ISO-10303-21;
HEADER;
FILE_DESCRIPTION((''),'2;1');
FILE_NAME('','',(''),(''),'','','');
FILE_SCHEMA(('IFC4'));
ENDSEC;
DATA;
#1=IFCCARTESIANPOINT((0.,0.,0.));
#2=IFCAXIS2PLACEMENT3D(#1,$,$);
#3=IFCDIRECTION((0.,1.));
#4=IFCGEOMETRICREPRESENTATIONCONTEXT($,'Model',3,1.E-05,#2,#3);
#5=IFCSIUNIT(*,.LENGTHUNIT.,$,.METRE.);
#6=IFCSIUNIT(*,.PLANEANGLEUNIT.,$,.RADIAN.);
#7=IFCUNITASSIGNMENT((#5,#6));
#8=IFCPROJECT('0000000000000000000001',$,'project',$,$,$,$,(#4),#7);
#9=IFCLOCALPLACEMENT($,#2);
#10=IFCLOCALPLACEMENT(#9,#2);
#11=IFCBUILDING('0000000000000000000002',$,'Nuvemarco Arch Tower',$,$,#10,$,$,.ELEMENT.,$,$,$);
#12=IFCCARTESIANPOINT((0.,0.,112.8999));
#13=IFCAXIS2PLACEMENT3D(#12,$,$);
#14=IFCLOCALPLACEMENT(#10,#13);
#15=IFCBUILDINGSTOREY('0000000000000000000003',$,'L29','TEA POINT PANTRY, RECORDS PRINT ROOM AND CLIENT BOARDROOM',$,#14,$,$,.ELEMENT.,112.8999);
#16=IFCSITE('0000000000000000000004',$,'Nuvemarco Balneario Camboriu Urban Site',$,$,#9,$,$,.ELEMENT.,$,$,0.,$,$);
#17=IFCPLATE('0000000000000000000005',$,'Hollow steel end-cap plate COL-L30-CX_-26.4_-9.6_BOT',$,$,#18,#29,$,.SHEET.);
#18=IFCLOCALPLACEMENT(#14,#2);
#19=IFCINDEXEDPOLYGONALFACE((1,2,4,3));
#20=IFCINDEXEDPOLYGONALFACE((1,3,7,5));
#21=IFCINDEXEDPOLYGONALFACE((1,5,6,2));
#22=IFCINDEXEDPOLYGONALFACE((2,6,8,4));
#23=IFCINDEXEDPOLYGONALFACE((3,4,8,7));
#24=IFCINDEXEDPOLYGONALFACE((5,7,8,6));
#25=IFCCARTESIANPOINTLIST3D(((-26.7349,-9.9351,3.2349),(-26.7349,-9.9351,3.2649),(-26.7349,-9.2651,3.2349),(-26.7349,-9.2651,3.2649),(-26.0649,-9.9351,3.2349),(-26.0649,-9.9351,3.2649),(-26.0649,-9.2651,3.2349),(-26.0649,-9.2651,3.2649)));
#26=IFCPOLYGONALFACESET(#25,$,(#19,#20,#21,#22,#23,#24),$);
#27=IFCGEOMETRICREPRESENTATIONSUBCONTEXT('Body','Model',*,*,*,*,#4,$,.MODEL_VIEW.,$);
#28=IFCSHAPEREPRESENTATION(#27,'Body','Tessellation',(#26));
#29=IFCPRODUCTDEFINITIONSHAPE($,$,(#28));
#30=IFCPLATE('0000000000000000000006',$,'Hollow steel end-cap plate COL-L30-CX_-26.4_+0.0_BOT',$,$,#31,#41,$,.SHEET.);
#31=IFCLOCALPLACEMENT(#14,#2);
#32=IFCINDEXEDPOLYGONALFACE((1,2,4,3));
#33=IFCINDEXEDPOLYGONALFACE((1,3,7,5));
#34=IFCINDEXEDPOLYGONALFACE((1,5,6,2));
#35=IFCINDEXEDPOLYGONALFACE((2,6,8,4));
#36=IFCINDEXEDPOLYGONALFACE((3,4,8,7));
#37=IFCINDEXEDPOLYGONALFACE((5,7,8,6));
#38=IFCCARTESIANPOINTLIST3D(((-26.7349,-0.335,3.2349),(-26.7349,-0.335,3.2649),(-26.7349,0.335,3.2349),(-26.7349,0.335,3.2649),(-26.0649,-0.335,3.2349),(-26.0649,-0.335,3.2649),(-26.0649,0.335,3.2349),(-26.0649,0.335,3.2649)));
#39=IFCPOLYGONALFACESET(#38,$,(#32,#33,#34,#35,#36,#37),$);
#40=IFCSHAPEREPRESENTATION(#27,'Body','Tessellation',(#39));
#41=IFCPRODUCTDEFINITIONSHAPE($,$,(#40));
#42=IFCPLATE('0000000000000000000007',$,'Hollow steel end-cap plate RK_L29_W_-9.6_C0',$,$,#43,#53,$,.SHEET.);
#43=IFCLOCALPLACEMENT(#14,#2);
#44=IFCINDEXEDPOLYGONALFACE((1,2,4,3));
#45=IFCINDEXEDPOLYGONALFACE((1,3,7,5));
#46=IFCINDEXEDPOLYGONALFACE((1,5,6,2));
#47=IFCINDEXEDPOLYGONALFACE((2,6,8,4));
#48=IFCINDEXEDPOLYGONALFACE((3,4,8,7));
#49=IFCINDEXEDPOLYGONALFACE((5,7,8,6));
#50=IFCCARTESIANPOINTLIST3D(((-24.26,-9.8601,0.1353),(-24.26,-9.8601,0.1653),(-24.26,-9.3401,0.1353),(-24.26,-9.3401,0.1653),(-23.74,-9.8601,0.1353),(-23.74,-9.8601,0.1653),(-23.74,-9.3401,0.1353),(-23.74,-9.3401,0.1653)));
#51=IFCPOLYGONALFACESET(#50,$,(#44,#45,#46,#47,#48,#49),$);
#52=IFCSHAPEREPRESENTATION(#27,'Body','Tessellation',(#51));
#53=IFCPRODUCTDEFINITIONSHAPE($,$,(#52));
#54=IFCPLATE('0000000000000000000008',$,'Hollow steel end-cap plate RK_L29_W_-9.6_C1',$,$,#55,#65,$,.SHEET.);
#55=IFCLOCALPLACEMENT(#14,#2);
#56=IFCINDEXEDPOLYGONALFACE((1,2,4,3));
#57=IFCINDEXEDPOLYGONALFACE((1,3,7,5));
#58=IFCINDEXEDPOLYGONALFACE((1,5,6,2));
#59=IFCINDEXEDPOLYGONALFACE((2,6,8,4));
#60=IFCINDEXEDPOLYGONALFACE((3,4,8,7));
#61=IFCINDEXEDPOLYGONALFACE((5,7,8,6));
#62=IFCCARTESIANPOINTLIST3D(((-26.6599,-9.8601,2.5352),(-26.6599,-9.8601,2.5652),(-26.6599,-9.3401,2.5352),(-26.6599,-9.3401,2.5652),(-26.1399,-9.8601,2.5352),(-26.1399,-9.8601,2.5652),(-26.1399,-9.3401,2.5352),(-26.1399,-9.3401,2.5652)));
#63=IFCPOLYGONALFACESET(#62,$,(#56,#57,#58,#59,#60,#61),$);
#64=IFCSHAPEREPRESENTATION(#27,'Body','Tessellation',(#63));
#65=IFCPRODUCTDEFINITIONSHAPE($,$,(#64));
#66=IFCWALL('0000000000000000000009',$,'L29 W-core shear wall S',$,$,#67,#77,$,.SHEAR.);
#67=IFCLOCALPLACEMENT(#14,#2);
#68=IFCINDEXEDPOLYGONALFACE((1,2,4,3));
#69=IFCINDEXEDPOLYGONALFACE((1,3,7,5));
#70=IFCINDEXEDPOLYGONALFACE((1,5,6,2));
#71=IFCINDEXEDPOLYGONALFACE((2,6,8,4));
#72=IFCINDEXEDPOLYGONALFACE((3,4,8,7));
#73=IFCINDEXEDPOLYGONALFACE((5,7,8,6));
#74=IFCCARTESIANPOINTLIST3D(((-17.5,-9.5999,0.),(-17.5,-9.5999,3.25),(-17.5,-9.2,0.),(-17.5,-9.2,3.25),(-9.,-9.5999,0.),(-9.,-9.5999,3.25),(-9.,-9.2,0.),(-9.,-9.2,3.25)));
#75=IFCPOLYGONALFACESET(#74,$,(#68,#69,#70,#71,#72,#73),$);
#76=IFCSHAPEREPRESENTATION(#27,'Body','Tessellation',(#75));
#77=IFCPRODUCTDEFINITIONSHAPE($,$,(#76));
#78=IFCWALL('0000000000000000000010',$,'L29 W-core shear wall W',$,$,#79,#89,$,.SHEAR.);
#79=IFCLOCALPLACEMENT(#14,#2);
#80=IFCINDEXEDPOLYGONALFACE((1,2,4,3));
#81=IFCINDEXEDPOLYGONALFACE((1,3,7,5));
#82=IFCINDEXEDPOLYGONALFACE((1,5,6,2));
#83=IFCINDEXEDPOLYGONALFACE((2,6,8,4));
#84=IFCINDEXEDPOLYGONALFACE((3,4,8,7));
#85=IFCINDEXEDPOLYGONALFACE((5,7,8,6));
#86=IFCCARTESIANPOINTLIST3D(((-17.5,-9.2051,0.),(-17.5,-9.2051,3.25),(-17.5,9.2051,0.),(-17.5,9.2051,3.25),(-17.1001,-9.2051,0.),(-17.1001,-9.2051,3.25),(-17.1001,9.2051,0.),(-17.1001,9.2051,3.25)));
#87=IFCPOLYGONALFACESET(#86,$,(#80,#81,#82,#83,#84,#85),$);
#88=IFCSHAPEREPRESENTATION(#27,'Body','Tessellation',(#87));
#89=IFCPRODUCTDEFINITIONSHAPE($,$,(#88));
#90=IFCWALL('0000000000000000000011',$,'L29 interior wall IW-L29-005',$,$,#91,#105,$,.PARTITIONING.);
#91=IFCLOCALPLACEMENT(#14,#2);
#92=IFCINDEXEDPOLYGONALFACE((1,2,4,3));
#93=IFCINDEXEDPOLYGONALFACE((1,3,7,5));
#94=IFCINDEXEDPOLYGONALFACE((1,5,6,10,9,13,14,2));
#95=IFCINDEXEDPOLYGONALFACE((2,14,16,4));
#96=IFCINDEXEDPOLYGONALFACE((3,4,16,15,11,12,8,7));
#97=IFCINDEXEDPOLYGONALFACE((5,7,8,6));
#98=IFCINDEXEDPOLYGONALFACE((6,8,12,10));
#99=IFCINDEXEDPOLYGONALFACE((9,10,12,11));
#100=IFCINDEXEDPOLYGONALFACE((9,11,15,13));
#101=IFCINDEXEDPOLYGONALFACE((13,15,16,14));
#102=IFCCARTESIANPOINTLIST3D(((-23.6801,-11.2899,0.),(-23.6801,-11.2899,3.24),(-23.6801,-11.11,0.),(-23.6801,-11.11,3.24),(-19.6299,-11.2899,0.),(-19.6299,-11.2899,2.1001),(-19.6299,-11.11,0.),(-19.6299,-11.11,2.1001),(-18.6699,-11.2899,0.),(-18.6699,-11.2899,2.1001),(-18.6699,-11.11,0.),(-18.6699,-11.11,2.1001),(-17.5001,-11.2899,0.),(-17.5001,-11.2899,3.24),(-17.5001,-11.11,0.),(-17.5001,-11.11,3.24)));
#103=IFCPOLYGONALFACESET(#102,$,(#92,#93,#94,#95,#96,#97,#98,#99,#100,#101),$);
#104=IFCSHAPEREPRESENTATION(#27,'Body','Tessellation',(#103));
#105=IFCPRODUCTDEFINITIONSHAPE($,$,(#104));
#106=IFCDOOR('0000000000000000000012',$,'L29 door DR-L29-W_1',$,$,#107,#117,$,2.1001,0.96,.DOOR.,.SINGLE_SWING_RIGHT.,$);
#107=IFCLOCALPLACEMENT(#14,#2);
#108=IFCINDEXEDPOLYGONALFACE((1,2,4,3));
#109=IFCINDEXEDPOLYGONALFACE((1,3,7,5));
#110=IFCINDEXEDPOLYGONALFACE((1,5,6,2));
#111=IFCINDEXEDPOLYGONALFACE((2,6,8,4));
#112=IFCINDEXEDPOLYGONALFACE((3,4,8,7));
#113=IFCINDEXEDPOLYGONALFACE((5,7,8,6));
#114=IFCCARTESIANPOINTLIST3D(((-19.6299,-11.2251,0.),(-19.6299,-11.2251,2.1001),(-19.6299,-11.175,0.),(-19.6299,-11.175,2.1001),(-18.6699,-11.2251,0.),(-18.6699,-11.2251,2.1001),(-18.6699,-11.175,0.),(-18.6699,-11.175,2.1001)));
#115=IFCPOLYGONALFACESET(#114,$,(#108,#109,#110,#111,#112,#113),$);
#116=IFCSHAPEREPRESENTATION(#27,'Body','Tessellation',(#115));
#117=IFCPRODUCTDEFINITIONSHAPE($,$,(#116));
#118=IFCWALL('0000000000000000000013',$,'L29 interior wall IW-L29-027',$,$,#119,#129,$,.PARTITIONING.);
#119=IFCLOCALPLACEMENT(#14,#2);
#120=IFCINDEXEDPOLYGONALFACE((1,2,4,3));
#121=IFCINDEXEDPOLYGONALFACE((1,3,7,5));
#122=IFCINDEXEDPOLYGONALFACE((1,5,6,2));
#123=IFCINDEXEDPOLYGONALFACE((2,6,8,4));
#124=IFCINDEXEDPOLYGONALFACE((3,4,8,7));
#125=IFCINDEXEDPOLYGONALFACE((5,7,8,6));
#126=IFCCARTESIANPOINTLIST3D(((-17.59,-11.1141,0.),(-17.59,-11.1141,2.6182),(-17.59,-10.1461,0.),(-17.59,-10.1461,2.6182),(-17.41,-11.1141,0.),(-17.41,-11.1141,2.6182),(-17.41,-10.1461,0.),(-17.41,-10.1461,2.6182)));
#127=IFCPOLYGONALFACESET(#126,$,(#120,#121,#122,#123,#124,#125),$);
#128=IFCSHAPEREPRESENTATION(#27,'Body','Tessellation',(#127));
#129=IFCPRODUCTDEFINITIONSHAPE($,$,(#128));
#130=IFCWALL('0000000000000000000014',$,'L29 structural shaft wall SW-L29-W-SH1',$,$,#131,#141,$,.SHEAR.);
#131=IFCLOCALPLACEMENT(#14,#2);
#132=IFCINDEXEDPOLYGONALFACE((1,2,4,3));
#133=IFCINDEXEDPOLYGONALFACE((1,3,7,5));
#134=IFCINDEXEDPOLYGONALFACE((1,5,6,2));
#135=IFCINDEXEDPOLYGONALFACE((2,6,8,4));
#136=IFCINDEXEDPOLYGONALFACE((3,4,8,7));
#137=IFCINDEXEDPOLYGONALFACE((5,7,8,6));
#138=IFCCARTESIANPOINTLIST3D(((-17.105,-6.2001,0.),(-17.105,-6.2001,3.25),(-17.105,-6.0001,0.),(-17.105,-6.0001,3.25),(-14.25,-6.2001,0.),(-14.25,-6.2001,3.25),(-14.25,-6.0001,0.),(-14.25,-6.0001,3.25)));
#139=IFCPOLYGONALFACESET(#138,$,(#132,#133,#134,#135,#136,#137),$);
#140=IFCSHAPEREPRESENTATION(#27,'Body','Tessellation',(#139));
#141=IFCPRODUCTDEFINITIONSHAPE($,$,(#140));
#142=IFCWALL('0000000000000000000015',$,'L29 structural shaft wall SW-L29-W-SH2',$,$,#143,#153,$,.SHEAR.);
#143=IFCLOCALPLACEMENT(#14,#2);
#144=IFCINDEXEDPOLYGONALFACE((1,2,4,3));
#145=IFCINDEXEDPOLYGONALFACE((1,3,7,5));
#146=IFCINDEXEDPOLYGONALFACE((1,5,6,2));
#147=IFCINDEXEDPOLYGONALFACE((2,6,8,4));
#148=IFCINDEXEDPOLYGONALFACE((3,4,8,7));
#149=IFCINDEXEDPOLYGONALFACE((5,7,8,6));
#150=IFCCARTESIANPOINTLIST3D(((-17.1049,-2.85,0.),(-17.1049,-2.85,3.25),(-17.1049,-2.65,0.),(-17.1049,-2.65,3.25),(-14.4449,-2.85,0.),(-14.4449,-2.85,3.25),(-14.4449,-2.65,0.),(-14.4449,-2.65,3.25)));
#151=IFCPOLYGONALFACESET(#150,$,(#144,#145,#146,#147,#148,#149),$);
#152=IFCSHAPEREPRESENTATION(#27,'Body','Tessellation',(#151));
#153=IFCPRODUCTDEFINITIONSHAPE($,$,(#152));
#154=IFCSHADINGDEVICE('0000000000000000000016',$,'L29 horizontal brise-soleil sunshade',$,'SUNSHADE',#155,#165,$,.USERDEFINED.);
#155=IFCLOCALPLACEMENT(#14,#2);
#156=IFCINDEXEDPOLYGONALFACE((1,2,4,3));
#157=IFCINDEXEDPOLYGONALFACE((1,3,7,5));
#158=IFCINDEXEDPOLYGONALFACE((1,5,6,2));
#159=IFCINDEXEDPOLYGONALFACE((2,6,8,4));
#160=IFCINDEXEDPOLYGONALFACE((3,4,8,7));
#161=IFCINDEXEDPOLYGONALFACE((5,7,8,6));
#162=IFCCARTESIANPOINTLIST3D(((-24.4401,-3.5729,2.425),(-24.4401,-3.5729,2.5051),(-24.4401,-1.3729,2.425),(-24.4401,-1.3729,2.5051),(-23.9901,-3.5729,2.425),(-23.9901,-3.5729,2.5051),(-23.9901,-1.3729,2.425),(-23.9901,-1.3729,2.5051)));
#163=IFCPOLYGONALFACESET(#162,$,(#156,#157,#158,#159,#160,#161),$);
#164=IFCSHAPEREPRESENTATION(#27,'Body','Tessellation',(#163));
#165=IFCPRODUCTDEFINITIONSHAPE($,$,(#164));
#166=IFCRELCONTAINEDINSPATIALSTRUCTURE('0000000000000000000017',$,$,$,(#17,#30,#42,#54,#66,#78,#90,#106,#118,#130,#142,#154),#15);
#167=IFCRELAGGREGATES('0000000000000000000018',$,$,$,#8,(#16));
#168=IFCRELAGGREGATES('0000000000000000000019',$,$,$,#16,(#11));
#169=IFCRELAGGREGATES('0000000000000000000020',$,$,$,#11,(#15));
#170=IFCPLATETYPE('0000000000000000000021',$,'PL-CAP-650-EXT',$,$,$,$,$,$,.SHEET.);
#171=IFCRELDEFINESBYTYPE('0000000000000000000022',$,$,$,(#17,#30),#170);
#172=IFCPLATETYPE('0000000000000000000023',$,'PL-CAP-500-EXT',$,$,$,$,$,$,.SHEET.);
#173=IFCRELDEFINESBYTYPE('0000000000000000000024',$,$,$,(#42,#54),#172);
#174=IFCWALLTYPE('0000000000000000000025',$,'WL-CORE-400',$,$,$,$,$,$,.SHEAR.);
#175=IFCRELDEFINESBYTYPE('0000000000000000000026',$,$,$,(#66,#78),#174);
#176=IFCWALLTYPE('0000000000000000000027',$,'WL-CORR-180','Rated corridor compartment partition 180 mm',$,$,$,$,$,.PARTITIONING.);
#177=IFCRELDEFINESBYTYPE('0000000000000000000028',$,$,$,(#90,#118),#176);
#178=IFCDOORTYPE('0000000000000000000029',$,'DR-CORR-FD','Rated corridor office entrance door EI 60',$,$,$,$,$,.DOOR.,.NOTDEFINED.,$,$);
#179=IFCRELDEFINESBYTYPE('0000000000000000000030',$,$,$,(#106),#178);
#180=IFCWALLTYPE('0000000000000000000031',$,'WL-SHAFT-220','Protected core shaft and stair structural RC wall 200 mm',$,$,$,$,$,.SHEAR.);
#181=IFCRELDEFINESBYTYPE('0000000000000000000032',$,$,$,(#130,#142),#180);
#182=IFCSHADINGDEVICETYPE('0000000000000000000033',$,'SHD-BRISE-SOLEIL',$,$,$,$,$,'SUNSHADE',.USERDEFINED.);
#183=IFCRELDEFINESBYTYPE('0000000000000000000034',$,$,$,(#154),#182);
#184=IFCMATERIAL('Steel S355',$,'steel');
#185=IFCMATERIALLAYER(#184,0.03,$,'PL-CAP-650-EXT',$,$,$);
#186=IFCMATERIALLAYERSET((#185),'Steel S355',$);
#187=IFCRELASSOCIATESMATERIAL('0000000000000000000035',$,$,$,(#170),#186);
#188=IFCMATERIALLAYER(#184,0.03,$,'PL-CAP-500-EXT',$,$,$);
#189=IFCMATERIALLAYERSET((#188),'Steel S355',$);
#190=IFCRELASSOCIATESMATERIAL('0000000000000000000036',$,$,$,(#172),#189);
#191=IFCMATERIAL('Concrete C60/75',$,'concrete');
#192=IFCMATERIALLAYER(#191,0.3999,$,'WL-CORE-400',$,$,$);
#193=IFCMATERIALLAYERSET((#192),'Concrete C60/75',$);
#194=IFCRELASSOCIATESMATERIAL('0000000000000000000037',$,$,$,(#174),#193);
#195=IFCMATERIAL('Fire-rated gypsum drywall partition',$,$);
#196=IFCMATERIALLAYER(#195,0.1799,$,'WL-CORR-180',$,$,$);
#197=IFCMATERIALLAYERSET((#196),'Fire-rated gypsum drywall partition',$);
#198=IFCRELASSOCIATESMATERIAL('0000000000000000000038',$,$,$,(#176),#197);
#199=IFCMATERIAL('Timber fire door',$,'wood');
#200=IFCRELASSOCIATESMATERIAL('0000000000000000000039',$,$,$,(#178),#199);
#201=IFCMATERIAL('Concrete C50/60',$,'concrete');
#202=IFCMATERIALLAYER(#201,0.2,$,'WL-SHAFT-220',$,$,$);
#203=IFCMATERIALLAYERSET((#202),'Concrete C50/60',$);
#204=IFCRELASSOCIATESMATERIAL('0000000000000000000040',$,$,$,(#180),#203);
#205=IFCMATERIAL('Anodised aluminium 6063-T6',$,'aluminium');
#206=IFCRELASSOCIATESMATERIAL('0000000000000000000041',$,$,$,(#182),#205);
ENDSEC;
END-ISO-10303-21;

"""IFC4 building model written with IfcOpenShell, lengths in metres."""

from ifc_helpers import new_model, si_unit, direction, frame, frame_2d, origin, origin_2d, place, context, subcontext, project, spatial, rectangle, extrude, source, transform, mapped, material, layer, layer_set, type_object, type_shapes, element, fill, save


model = new_model("IFC4")

# Units and contexts
model_context = context("Model", 3, precision=1e-05, world=origin(), true_north=direction((0.0, 1.0)))
body_context = subcontext(model_context, "Body", "Model", "MODEL_VIEW")
ifc_project = project(units=[si_unit("LENGTHUNIT", "METRE"), si_unit("PLANEANGLEUNIT", "RADIAN")], contexts=[model_context])

# Site, building, storey
site_placement = place(None, origin())
site = spatial("IfcSite", under=ifc_project, at=site_placement, Name="Nuvemarco Balneario Camboriu Urban Site", CompositionType="ELEMENT", RefElevation=0.0)
building_placement = place(site_placement, origin())
building = spatial("IfcBuilding", under=site, at=building_placement, Name="Nuvemarco Arch Tower", CompositionType="ELEMENT")
storey_placement = place(building_placement, frame((0.0, 0.0, 112.8999)))
storey = spatial("IfcBuildingStorey", under=building, at=storey_placement, Name="L29", Description="TEA POINT PANTRY, RECORDS PRINT ROOM AND CLIENT BOARDROOM", CompositionType="ELEMENT", Elevation=112.8999)

# Shared definitions
ifc_material_1 = material(Name="Concrete C60/75", Category="concrete")
ifc_material_2 = material(Name="Steel S355", Category="steel")

# Plates
ifc_layer_1 = layer(ifc_material_2, 0.03, Name="PL-CAP-650-EXT")
ifc_layer_set_1 = layer_set([ifc_layer_1], Name="Steel S355")
plate_type_1 = type_object("IfcPlateType", Name="PL-CAP-650-EXT", PredefinedType="SHEET", material=ifc_layer_set_1)
shared_shape_1 = source(origin(), body_context, "Body", "SweptSolid", [
    extrude(rectangle(XDim=0.6699, YDim=0.6699, at=origin_2d()), origin(), (0.0, 0.0, 1.0), 0.03),
])
type_shapes(plate_type_1, [shared_shape_1])
for number, where, z_axis, x_axis, name in (
    (1, (-26.3999, -9.6001, 3.2349), (0.0, 0.0, 1.0), (1.0, 0.0, 0.0), "Hollow steel end-cap plate COL-L30-CX_-26.4_-9.6_BOT"),
    (2, (-26.3999, 0.0, 3.2349), (0.0, 0.0, 1.0), (1.0, 0.0, 0.0), "Hollow steel end-cap plate COL-L30-CX_-26.4_+0.0_BOT"),
):
    element("IfcPlate", number, at=place(storey_placement, frame(where, z_axis=z_axis, x_axis=x_axis)), inside=storey, type_object=plate_type_1, Name=name, PredefinedType="SHEET", context=body_context, shape_type="MappedRepresentation", body=[
        mapped(shared_shape_1, transform((0.0, 0.0, 0.0), scale=1.0)),
    ])
ifc_layer_2 = layer(ifc_material_2, 0.03, Name="PL-CAP-500-EXT")
ifc_layer_set_2 = layer_set([ifc_layer_2], Name="Steel S355")
plate_type_2 = type_object("IfcPlateType", Name="PL-CAP-500-EXT", PredefinedType="SHEET", material=ifc_layer_set_2)
shared_shape_2 = source(origin(), body_context, "Body", "SweptSolid", [
    extrude(rectangle(XDim=0.52, YDim=0.52, at=origin_2d()), origin(), (0.0, 0.0, 1.0), 0.03),
])
type_shapes(plate_type_2, [shared_shape_2])
for number, where, z_axis, x_axis, name in (
    (3, (-24.0, -9.6001, 0.1353), (0.0, 0.0, 1.0), (1.0, 0.0, 0.0), "Hollow steel end-cap plate RK_L29_W_-9.6_C0"),
    (4, (-26.3999, -9.6001, 2.5352), (0.0, 0.0, 1.0), (1.0, 0.0, 0.0), "Hollow steel end-cap plate RK_L29_W_-9.6_C1"),
):
    element("IfcPlate", number, at=place(storey_placement, frame(where, z_axis=z_axis, x_axis=x_axis)), inside=storey, type_object=plate_type_2, Name=name, PredefinedType="SHEET", context=body_context, shape_type="MappedRepresentation", body=[
        mapped(shared_shape_2, transform((0.0, 0.0, 0.0), scale=1.0)),
    ])

# Walls
ifc_layer_3 = layer(ifc_material_1, 0.3999, Name="WL-CORE-400")
ifc_layer_set_3 = layer_set([ifc_layer_3], Name="Concrete C60/75")
wall_type_1 = type_object("IfcWallType", Name="WL-CORE-400", PredefinedType="SHEAR", material=ifc_layer_set_3)
wall_1_placement = place(storey_placement, frame((-17.5, -9.3999, 0.0), z_axis=(0.0, 0.0, 1.0), x_axis=(1.0, 0.0, 0.0)))
element("IfcWall", 5, at=wall_1_placement, inside=storey, type_object=wall_type_1, Name="L29 W-core shear wall S", PredefinedType="SHEAR", context=body_context, shape_type="SweptSolid", body=[
    extrude(rectangle(XDim=8.5, YDim=0.3999, at=frame_2d((4.25, 0.0))), origin(), (0.0, 0.0, 1.0), 3.25),
])
wall_2_placement = place(storey_placement, frame((-17.3, -9.2051, 0.0), z_axis=(0.0, 0.0, 1.0), x_axis=(0.0, 1.0, 0.0)))
element("IfcWall", 6, at=wall_2_placement, inside=storey, type_object=wall_type_1, Name="L29 W-core shear wall W", PredefinedType="SHEAR", context=body_context, shape_type="SweptSolid", body=[
    extrude(rectangle(XDim=18.4102, YDim=0.3999, at=frame_2d((9.2051, 0.0))), origin(), (0.0, 0.0, 1.0), 3.25),
])

# Wall, opening, door
ifc_material_3 = material(Name="Fire-rated gypsum drywall partition")
ifc_layer_4 = layer(ifc_material_3, 0.1799, Name="WL-CORR-180")
ifc_layer_set_4 = layer_set([ifc_layer_4], Name="Fire-rated gypsum drywall partition")
wall_type_2 = type_object("IfcWallType", Name="WL-CORR-180", Description="Rated corridor compartment partition 180 mm", PredefinedType="PARTITIONING", material=ifc_layer_set_4)
wall_3_placement = place(storey_placement, frame((-23.6799, -11.2, 0.0), z_axis=(0.0, 0.0, 1.0), x_axis=(1.0, 0.0, 0.0)))
wall_3 = element("IfcWall", 7, at=wall_3_placement, inside=storey, type_object=wall_type_2, Name="L29 interior wall IW-L29-005", PredefinedType="PARTITIONING", context=body_context, shape_type="SweptSolid", body=[
    extrude(rectangle(XDim=6.1799, YDim=0.1799, at=frame_2d((3.0898, 0.0))), origin(), (0.0, 0.0, 1.0), 3.24),
])
opening_placement = place(wall_3_placement, frame((4.05, 0.0, 0.0)))
opening = element("IfcOpeningElement", 8, at=opening_placement, cuts=wall_3, PredefinedType="OPENING", context=body_context, shape_type="SweptSolid", body=[
    extrude(rectangle(XDim=0.96, YDim=2.1001, at=frame_2d((0.48, 1.05))), frame((0.0, 0.0999, 0.0), z_axis=(0.0, -1.0, 0.0), x_axis=(1.0, 0.0, 0.0)), (0.0, 0.0, 1.0), 0.2),
])
ifc_material_4 = material(Name="Timber fire door", Category="wood")
door_type = type_object("IfcDoorType", Name="DR-CORR-FD", Description="Rated corridor office entrance door EI 60", OperationType="NOTDEFINED", PredefinedType="DOOR", material=ifc_material_4)
shared_shape_3 = source(origin(), body_context, "Body", "SweptSolid", [
    extrude(rectangle(XDim=0.96, YDim=2.1001, at=frame_2d((0.48, 1.05))), frame((0.0, 0.0249, 0.0), z_axis=(0.0, -1.0, 0.0), x_axis=(1.0, 0.0, 0.0)), (0.0, 0.0, 1.0), 0.05),
])
type_shapes(door_type, [shared_shape_3])
door_placement = place(opening_placement, origin())
door = element("IfcDoor", 9, at=door_placement, inside=storey, type_object=door_type, Name="L29 door DR-L29-W_1", OperationType="SINGLE_SWING_RIGHT", OverallHeight=2.1001, OverallWidth=0.96, PredefinedType="DOOR", context=body_context, shape_type="MappedRepresentation", body=[
    mapped(shared_shape_3, transform((0.0, 0.0, 0.0), scale=1.0)),
])
fill(opening, door)

# Walls
wall_4_placement = place(storey_placement, frame((-17.5, -11.114, 0.0), z_axis=(0.0, 0.0, 1.0), x_axis=(0.0, 1.0, 0.0)))
element("IfcWall", 10, at=wall_4_placement, inside=storey, type_object=wall_type_2, Name="L29 interior wall IW-L29-027", PredefinedType="PARTITIONING", context=body_context, shape_type="SweptSolid", body=[
    extrude(rectangle(XDim=0.968, YDim=0.1799, at=frame_2d((0.4839, 0.0))), origin(), (0.0, 0.0, 1.0), 2.6182),
])
ifc_material_5 = material(Name="Concrete C50/60", Category="concrete")
ifc_layer_5 = layer(ifc_material_5, 0.2, Name="WL-SHAFT-220")
ifc_layer_set_5 = layer_set([ifc_layer_5], Name="Concrete C50/60")
wall_type_3 = type_object("IfcWallType", Name="WL-SHAFT-220", Description="Protected core shaft and stair structural RC wall 200 mm", PredefinedType="SHEAR", material=ifc_layer_set_5)
wall_5_placement = place(storey_placement, frame((-17.105, -6.1001, 0.0), z_axis=(0.0, 0.0, 1.0), x_axis=(1.0, 0.0, 0.0)))
element("IfcWall", 11, at=wall_5_placement, inside=storey, type_object=wall_type_3, Name="L29 structural shaft wall SW-L29-W-SH1", PredefinedType="SHEAR", context=body_context, shape_type="SweptSolid", body=[
    extrude(rectangle(XDim=2.855, YDim=0.2, at=frame_2d((1.4275, 0.0))), origin(), (0.0, 0.0, 1.0), 3.25),
])
wall_6_placement = place(storey_placement, frame((-17.105, -2.75, 0.0), z_axis=(0.0, 0.0, 1.0), x_axis=(1.0, 0.0, 0.0)))
element("IfcWall", 12, at=wall_6_placement, inside=storey, type_object=wall_type_3, Name="L29 structural shaft wall SW-L29-W-SH2", PredefinedType="SHEAR", context=body_context, shape_type="SweptSolid", body=[
    extrude(rectangle(XDim=2.6599, YDim=0.2, at=frame_2d((1.3301, 0.0))), origin(), (0.0, 0.0, 1.0), 3.25),
])

# Shading device
ifc_material_6 = material(Name="Anodised aluminium 6063-T6", Category="aluminium")
shading_device_type = type_object("IfcShadingDeviceType", Name="SHD-BRISE-SOLEIL", ElementType="SUNSHADE", PredefinedType="USERDEFINED", material=ifc_material_6)
shared_shape_4 = source(origin(), body_context, "Body", "SweptSolid", [
    extrude(rectangle(XDim=2.2, YDim=0.45, at=origin_2d()), origin(), (0.0, 0.0, 1.0), 0.0801),
])
type_shapes(shading_device_type, [shared_shape_4])
shading_device_placement = place(storey_placement, frame((-24.2151, -2.4729, 2.425), z_axis=(0.0, 0.0, 1.0), x_axis=(0.0, 1.0, 0.0)))
element("IfcShadingDevice", 13, at=shading_device_placement, inside=storey, type_object=shading_device_type, Name="L29 horizontal brise-soleil sunshade", ObjectType="SUNSHADE", PredefinedType="USERDEFINED", context=body_context, shape_type="MappedRepresentation", body=[
    mapped(shared_shape_4, transform((0.0, 0.0, 0.0), scale=1.0)),
])

save(model, "model.ifc")
